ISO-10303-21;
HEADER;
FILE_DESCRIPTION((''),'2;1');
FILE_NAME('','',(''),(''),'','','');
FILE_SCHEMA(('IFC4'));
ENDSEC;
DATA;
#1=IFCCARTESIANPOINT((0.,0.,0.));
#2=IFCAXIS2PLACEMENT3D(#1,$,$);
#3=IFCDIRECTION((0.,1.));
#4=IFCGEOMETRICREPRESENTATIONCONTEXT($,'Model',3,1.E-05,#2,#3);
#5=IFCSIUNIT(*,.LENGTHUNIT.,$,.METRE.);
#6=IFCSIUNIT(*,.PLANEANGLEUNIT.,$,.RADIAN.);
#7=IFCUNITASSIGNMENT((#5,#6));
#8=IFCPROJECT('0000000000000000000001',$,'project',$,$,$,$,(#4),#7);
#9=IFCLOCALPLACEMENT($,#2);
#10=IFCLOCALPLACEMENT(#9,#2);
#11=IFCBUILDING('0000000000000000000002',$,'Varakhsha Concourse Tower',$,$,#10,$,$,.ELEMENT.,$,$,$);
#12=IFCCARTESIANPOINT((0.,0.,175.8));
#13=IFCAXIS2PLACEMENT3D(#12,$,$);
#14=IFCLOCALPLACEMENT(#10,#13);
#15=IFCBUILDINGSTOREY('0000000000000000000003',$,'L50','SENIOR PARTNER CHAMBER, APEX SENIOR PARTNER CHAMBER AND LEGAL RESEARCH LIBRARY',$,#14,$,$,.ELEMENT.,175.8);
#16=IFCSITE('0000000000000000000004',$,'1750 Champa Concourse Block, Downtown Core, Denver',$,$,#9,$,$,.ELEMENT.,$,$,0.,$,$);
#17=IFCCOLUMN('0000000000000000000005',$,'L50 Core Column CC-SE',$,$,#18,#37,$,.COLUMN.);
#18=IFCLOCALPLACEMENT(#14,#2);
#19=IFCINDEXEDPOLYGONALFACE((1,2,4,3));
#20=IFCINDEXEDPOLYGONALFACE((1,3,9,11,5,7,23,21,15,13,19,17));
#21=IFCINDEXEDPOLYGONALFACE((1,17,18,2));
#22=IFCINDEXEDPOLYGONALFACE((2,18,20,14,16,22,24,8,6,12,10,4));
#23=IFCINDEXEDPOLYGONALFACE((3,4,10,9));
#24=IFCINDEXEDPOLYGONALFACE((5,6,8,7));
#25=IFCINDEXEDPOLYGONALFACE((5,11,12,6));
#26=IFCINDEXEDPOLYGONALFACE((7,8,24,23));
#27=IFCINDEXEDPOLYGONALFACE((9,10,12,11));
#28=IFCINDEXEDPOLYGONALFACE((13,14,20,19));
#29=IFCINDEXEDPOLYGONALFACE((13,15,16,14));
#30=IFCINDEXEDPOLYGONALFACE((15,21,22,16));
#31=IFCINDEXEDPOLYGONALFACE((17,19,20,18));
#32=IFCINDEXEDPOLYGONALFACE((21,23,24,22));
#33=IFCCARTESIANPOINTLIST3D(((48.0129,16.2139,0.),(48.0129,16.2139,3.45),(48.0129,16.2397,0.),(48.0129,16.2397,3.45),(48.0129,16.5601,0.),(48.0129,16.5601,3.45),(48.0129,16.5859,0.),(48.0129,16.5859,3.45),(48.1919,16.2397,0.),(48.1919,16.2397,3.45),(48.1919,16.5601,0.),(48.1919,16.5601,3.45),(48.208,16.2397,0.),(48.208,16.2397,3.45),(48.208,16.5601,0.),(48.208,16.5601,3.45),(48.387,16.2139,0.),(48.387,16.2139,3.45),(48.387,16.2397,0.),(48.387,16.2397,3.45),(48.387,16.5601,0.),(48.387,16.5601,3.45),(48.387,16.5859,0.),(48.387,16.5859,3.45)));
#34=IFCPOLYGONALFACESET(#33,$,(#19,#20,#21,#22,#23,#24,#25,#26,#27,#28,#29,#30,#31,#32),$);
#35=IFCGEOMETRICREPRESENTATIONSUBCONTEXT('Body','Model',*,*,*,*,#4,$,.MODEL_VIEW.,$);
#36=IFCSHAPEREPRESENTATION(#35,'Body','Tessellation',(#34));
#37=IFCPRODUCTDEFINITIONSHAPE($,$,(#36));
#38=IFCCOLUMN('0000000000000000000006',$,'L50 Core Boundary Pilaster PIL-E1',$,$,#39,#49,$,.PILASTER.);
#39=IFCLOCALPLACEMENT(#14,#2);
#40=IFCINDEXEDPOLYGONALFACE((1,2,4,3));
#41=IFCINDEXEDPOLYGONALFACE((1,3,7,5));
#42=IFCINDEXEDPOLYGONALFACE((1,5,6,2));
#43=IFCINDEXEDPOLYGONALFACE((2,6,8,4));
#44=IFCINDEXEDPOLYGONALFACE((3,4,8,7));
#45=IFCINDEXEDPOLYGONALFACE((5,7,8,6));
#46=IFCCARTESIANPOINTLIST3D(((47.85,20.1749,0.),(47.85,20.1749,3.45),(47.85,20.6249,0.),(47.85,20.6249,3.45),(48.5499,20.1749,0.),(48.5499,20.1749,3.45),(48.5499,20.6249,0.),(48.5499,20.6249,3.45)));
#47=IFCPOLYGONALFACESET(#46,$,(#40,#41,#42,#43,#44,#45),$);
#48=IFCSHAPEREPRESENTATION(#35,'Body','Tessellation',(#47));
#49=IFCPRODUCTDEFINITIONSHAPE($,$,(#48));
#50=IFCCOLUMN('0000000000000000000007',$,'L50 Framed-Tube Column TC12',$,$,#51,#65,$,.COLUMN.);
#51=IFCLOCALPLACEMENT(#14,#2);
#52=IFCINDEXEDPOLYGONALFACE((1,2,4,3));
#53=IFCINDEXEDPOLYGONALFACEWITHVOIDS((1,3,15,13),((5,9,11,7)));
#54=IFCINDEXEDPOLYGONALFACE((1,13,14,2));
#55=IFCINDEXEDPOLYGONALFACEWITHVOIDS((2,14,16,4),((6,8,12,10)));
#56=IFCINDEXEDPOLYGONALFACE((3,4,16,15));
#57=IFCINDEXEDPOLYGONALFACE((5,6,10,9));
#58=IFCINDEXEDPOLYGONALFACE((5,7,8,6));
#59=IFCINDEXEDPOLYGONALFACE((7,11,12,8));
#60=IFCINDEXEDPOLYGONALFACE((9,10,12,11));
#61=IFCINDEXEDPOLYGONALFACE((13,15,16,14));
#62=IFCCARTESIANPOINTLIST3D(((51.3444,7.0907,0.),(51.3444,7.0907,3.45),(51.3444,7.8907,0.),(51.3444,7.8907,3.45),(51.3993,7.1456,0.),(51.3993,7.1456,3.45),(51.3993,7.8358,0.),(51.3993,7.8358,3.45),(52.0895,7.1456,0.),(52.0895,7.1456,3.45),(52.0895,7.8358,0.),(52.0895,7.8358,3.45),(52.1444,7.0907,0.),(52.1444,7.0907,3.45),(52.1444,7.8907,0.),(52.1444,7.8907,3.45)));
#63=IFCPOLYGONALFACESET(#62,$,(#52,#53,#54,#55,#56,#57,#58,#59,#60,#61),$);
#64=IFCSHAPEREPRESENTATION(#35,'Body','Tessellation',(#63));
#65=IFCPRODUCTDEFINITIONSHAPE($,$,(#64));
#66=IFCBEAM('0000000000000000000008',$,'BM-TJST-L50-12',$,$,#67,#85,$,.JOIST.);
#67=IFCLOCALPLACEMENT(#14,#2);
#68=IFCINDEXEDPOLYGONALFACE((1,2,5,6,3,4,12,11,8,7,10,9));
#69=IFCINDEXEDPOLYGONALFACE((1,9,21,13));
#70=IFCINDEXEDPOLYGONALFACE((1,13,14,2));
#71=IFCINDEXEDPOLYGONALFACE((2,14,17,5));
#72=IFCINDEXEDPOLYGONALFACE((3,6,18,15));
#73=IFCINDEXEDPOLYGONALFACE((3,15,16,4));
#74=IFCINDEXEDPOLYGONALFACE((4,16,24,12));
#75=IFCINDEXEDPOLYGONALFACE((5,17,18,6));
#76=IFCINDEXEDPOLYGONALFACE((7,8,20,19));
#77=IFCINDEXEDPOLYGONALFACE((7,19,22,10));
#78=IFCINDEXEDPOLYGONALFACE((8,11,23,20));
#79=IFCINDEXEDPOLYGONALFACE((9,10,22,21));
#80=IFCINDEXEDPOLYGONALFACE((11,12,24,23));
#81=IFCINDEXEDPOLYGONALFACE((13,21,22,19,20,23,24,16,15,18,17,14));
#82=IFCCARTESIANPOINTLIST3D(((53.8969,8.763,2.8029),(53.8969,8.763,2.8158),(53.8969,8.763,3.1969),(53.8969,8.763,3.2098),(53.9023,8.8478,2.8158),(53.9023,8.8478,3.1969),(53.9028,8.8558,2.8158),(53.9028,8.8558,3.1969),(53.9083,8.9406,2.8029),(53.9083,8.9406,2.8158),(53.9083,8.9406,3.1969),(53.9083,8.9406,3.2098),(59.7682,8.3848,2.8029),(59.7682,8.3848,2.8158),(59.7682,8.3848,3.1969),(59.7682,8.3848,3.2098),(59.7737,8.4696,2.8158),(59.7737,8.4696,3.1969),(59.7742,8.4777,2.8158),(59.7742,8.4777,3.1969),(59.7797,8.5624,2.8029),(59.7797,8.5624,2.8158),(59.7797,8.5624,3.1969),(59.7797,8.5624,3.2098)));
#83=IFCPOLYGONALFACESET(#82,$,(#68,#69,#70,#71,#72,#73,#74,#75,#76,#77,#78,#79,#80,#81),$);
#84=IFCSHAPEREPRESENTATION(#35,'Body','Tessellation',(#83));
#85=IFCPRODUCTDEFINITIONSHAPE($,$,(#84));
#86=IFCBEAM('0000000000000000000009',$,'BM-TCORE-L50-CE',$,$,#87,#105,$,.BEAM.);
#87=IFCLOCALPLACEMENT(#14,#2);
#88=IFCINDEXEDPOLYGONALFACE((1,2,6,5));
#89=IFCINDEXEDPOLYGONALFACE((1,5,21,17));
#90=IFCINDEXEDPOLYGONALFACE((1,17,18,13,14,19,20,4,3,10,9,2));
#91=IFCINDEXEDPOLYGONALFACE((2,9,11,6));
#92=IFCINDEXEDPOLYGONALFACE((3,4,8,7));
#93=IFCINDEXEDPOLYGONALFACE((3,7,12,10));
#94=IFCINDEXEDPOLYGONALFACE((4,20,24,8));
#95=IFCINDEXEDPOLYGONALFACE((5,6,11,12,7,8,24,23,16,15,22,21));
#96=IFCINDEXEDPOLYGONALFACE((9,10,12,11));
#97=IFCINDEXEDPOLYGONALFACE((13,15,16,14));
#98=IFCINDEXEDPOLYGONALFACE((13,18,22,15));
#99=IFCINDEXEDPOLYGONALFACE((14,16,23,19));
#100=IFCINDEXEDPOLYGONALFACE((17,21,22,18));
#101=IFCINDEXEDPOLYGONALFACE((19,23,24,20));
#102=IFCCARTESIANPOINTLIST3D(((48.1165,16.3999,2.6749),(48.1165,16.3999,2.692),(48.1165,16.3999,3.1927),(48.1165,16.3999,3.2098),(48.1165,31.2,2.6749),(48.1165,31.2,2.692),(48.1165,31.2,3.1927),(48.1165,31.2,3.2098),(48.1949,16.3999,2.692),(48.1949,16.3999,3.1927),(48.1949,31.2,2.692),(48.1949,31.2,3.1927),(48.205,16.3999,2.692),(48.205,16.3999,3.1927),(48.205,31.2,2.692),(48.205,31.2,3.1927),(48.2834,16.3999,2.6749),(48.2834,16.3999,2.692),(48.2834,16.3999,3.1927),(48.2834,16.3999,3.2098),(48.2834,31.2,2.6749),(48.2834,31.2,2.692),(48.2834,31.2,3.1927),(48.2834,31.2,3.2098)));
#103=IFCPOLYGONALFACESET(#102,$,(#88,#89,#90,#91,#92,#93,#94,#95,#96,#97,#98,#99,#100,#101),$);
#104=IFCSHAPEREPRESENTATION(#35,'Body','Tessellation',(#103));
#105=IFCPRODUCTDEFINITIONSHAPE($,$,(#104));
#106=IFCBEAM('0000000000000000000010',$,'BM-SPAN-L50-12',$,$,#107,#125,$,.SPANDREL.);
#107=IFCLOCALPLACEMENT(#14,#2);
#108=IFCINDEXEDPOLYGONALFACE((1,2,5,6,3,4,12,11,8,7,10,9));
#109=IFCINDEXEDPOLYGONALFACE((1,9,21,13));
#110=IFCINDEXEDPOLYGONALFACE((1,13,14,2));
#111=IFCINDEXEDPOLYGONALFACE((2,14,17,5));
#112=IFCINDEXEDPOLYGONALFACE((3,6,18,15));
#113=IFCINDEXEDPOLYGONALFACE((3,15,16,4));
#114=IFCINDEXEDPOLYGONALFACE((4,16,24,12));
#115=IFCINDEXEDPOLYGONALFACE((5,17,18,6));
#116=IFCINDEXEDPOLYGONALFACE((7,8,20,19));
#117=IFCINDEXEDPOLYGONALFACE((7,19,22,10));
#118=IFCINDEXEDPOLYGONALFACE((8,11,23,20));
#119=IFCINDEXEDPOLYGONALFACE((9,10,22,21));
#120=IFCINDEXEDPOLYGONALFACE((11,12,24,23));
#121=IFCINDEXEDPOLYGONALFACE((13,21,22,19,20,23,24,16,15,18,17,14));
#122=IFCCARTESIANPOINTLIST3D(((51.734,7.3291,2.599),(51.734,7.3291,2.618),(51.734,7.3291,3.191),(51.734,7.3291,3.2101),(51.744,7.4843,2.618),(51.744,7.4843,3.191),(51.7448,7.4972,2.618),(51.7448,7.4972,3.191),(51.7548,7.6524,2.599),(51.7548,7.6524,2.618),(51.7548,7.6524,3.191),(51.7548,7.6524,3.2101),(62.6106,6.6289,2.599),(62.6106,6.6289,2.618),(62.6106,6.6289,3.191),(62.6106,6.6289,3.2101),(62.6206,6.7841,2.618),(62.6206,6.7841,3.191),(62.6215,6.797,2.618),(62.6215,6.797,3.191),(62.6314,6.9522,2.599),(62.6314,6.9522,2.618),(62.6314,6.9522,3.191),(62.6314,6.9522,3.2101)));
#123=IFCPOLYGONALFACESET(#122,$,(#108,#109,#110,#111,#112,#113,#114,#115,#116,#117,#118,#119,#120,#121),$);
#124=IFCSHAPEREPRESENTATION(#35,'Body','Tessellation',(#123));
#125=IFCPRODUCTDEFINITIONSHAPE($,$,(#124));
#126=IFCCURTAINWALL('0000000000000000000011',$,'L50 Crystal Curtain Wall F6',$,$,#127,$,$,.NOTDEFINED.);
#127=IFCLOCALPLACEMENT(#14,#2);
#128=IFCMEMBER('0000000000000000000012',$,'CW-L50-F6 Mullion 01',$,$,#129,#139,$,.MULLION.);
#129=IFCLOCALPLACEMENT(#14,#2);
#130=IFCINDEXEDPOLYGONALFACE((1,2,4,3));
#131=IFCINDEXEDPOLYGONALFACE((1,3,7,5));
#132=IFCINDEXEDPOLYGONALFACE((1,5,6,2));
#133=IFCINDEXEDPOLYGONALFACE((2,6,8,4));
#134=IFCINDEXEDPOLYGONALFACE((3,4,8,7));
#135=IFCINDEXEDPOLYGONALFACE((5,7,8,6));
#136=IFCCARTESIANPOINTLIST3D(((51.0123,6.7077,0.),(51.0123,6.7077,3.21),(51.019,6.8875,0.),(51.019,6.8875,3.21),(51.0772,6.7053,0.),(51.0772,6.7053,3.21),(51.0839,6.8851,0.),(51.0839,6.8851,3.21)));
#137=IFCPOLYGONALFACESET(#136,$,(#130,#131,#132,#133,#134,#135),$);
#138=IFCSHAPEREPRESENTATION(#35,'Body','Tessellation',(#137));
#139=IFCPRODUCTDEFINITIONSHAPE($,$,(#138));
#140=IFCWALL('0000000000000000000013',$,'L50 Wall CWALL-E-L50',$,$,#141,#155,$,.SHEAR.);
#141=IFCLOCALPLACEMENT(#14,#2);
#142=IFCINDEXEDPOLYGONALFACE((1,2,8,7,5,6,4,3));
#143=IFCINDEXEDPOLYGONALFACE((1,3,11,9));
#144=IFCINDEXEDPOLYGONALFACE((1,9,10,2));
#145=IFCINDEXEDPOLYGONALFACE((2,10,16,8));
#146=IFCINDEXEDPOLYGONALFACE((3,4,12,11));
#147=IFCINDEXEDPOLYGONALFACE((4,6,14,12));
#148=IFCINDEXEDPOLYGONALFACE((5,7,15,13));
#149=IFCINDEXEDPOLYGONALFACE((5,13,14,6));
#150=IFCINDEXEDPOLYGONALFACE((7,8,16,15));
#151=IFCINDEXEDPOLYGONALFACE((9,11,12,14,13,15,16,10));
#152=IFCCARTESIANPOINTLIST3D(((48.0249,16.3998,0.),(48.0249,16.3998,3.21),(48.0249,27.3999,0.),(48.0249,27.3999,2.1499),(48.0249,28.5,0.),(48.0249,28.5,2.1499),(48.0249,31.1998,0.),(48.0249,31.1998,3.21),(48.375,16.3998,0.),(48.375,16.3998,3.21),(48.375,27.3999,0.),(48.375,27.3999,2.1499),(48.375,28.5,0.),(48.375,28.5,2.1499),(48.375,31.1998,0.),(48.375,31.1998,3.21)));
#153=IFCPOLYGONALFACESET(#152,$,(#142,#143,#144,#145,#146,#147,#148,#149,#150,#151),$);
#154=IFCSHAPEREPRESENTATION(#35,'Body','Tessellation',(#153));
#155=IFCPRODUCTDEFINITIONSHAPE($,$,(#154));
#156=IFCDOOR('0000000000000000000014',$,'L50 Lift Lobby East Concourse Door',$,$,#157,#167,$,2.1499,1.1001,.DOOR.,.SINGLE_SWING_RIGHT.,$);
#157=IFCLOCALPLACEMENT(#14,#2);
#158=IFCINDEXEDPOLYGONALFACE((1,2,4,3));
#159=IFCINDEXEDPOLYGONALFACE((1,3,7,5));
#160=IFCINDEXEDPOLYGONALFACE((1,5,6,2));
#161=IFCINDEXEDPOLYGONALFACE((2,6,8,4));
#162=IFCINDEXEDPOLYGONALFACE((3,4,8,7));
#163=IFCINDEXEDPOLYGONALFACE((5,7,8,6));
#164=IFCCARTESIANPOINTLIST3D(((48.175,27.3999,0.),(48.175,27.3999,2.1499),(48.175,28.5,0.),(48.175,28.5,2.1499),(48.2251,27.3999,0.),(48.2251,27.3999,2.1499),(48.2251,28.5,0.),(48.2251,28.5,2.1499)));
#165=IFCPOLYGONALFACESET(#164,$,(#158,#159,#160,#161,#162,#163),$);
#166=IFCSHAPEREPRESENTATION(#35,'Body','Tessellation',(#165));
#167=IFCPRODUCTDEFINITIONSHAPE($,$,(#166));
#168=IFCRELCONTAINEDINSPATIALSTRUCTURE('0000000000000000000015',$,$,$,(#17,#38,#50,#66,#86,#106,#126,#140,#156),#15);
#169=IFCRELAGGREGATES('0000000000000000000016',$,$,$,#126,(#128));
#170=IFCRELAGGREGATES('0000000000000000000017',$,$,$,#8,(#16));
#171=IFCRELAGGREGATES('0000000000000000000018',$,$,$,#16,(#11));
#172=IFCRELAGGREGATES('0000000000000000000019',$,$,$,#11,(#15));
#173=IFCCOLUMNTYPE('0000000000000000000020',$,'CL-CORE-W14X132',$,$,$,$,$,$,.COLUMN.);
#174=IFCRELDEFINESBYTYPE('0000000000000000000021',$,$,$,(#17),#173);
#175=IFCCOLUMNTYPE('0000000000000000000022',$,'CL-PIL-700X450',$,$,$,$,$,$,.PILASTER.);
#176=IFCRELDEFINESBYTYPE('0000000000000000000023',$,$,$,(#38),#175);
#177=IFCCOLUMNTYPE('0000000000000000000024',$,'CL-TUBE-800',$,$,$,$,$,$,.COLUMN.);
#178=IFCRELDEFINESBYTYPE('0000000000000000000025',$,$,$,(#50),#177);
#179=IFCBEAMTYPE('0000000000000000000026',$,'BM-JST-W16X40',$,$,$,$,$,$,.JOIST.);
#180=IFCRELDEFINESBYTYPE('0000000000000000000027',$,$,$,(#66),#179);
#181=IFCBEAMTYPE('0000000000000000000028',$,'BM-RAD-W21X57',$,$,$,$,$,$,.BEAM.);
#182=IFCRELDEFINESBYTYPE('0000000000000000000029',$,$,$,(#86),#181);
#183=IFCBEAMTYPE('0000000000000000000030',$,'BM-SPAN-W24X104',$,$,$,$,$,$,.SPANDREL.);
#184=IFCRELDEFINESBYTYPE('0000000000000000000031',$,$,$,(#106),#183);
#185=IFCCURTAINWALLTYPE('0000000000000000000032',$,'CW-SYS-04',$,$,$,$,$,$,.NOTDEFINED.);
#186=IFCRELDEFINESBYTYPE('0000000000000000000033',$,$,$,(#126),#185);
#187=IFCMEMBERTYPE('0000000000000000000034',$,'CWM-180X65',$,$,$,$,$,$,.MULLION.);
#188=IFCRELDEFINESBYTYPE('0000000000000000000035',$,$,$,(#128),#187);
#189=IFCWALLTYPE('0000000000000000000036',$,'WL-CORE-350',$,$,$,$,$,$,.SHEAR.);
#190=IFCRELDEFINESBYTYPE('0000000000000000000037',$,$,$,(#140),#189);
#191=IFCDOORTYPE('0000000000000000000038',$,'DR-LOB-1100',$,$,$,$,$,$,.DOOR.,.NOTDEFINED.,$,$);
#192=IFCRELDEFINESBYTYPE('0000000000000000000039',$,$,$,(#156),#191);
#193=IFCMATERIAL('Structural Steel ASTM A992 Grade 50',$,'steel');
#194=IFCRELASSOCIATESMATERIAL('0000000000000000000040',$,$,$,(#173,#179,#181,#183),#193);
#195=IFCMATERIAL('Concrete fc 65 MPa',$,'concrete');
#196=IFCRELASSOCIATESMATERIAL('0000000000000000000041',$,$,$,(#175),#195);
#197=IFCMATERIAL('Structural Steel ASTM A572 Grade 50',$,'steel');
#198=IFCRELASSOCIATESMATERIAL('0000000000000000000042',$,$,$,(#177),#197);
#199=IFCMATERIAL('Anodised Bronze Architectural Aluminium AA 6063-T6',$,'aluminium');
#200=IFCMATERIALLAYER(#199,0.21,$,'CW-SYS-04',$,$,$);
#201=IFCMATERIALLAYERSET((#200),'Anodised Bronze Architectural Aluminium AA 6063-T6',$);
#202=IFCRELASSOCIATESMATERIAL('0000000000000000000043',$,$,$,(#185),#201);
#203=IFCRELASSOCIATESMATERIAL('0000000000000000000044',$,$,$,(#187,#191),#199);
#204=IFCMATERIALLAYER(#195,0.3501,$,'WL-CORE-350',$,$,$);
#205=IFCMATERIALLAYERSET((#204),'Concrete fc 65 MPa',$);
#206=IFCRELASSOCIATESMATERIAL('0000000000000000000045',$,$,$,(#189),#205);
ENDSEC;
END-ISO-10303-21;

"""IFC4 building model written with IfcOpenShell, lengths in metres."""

from ifc_helpers import new_model, si_unit, direction, frame, frame_2d, origin, origin_2d, place, context, subcontext, project, spatial, rectangle, hollow_rectangle, i_section, extrude, source, transform, mapped, material, layer, layer_set, material_profile, profile_set, type_object, type_shapes, element, fill, aggregate, save


model = new_model("IFC4")

# Units and contexts
model_context = context("Model", 3, precision=1e-05, world=origin(), true_north=direction((0.0, 1.0)))
body_context = subcontext(model_context, "Body", "Model", "MODEL_VIEW")
ifc_project = project(units=[si_unit("LENGTHUNIT", "METRE"), si_unit("PLANEANGLEUNIT", "RADIAN")], contexts=[model_context])

# Site, building, storey
site_placement = place(None, origin())
site = spatial("IfcSite", under=ifc_project, at=site_placement, Name="1750 Champa Concourse Block, Downtown Core, Denver", CompositionType="ELEMENT", RefElevation=0.0)
building_placement = place(site_placement, origin())
building = spatial("IfcBuilding", under=site, at=building_placement, Name="Varakhsha Concourse Tower", CompositionType="ELEMENT")
storey_placement = place(building_placement, frame((0.0, 0.0, 175.8)))
storey = spatial("IfcBuildingStorey", under=building, at=storey_placement, Name="L50", Description="SENIOR PARTNER CHAMBER, APEX SENIOR PARTNER CHAMBER AND LEGAL RESEARCH LIBRARY", CompositionType="ELEMENT", Elevation=175.8)

# Columns
ifc_material_1 = material(Name="Structural Steel ASTM A992 Grade 50", Category="steel")
ifc_material_profile_1 = material_profile(ifc_material_1, i_section(OverallWidth=0.374, OverallDepth=0.3721, WebThickness=0.0161, FlangeThickness=0.0259, at=origin_2d()), Name="W14X132")
ifc_profile_set_1 = profile_set([ifc_material_profile_1], Name="Structural Steel ASTM A992 Grade 50")
column_type_1 = type_object("IfcColumnType", Name="CL-CORE-W14X132", PredefinedType="COLUMN", material=ifc_profile_set_1)
column_1_placement = place(storey_placement, frame((48.2, 16.3999, 0.0), z_axis=(0.0, 0.0, 1.0), x_axis=(1.0, 0.0, 0.0)))
element("IfcColumn", 1, at=column_1_placement, inside=storey, type_object=column_type_1, Name="L50 Core Column CC-SE", PredefinedType="COLUMN", context=body_context, shape_type="SweptSolid", body=[
    extrude(i_section(OverallWidth=0.374, OverallDepth=0.3721, WebThickness=0.0161, FlangeThickness=0.0259, at=origin_2d()), origin(), (0.0, 0.0, 1.0), 3.45),
])
ifc_material_2 = material(Name="Concrete fc 65 MPa", Category="concrete")
ifc_material_profile_2 = material_profile(ifc_material_2, rectangle(XDim=0.7, YDim=0.45, at=origin_2d()), Name="RC 700x450")
ifc_profile_set_2 = profile_set([ifc_material_profile_2], Name="Concrete fc 65 MPa")
column_type_2 = type_object("IfcColumnType", Name="CL-PIL-700X450", PredefinedType="PILASTER", material=ifc_profile_set_2)
column_2_placement = place(storey_placement, frame((48.2, 20.3999, 0.0), z_axis=(0.0, 0.0, 1.0), x_axis=(1.0, 0.0, 0.0)))
element("IfcColumn", 2, at=column_2_placement, inside=storey, type_object=column_type_2, Name="L50 Core Boundary Pilaster PIL-E1", PredefinedType="PILASTER", context=body_context, shape_type="SweptSolid", body=[
    extrude(rectangle(XDim=0.7, YDim=0.45, at=origin_2d()), origin(), (0.0, 0.0, 1.0), 3.45),
])
ifc_material_3 = material(Name="Structural Steel ASTM A572 Grade 50", Category="steel")
ifc_material_profile_3 = material_profile(ifc_material_3, hollow_rectangle(XDim=0.8, YDim=0.8, WallThickness=0.0549, at=origin_2d()), Name="BOX 800x800x55")
ifc_profile_set_3 = profile_set([ifc_material_profile_3], Name="Structural Steel ASTM A572 Grade 50")
column_type_3 = type_object("IfcColumnType", Name="CL-TUBE-800", PredefinedType="COLUMN", material=ifc_profile_set_3)
column_3_placement = place(storey_placement, frame((51.7444, 7.4907, 0.0), z_axis=(0.0, 0.0, 1.0), x_axis=(1.0, 0.0, 0.0)))
element("IfcColumn", 3, at=column_3_placement, inside=storey, type_object=column_type_3, Name="L50 Framed-Tube Column TC12", PredefinedType="COLUMN", context=body_context, shape_type="SweptSolid", body=[
    extrude(hollow_rectangle(XDim=0.8, YDim=0.8, WallThickness=0.0549, at=origin_2d()), origin(), (0.0, 0.0, 1.0), 3.45),
])

# Beams
ifc_material_profile_4 = material_profile(ifc_material_1, i_section(OverallWidth=0.178, OverallDepth=0.407, WebThickness=0.0081, FlangeThickness=0.0129, at=origin_2d()), Name="W16X40")
ifc_profile_set_4 = profile_set([ifc_material_profile_4], Name="Structural Steel ASTM A992 Grade 50")
beam_type_1 = type_object("IfcBeamType", Name="BM-JST-W16X40", PredefinedType="JOIST", material=ifc_profile_set_4)
beam_1_placement = place(storey_placement, frame((53.9026, 8.8518, 3.0063), z_axis=(0.997932, -0.064277, 0.0), x_axis=(0.064277, 0.997932, 0.0)))
element("IfcBeam", 4, at=beam_1_placement, inside=storey, type_object=beam_type_1, Name="BM-TJST-L50-12", PredefinedType="JOIST", context=body_context, shape_type="SweptSolid", body=[
    extrude(i_section(OverallWidth=0.178, OverallDepth=0.407, WebThickness=0.0081, FlangeThickness=0.0129, at=origin_2d()), origin(), (0.0, 0.0, 1.0), 5.8835),
])
ifc_material_profile_5 = material_profile(ifc_material_1, i_section(OverallWidth=0.167, OverallDepth=0.5349, WebThickness=0.01, FlangeThickness=0.0171, at=origin_2d()), Name="W21X57")
ifc_profile_set_5 = profile_set([ifc_material_profile_5], Name="Structural Steel ASTM A992 Grade 50")
beam_type_2 = type_object("IfcBeamType", Name="BM-RAD-W21X57", PredefinedType="BEAM", material=ifc_profile_set_5)
beam_2_placement = place(storey_placement, frame((48.2, 16.3999, 2.9424), z_axis=(0.0, 1.0, 0.0), x_axis=(-1.0, 0.0, 0.0)))
element("IfcBeam", 5, at=beam_2_placement, inside=storey, type_object=beam_type_2, Name="BM-TCORE-L50-CE", PredefinedType="BEAM", context=body_context, shape_type="SweptSolid", body=[
    extrude(i_section(OverallWidth=0.167, OverallDepth=0.5349, WebThickness=0.01, FlangeThickness=0.0171, at=origin_2d()), origin(), (0.0, 0.0, 1.0), 14.8),
])
ifc_material_profile_6 = material_profile(ifc_material_1, i_section(OverallWidth=0.324, OverallDepth=0.6111, WebThickness=0.0129, FlangeThickness=0.019, at=origin_2d()), Name="W24X104")
ifc_profile_set_6 = profile_set([ifc_material_profile_6], Name="Structural Steel ASTM A992 Grade 50")
beam_type_3 = type_object("IfcBeamType", Name="BM-SPAN-W24X104", PredefinedType="SPANDREL", material=ifc_profile_set_6)
beam_3_placement = place(storey_placement, frame((51.7444, 7.4907, 2.9045), z_axis=(0.997934, -0.064243, 0.0), x_axis=(0.064243, 0.997934, 0.0)))
element("IfcBeam", 6, at=beam_3_placement, inside=storey, type_object=beam_type_3, Name="BM-SPAN-L50-12", PredefinedType="SPANDREL", context=body_context, shape_type="SweptSolid", body=[
    extrude(i_section(OverallWidth=0.324, OverallDepth=0.6111, WebThickness=0.0129, FlangeThickness=0.019, at=origin_2d()), origin(), (0.0, 0.0, 1.0), 10.8992),
])

# Curtain wall, member
ifc_material_4 = material(Name="Anodised Bronze Architectural Aluminium AA 6063-T6", Category="aluminium")
ifc_layer_1 = layer(ifc_material_4, 0.21, Name="CW-SYS-04")
ifc_layer_set_1 = layer_set([ifc_layer_1], Name="Anodised Bronze Architectural Aluminium AA 6063-T6")
curtain_wall_type = type_object("IfcCurtainWallType", Name="CW-SYS-04", PredefinedType="NOTDEFINED", material=ifc_layer_set_1)
curtain_wall_placement = place(storey_placement, origin())
curtain_wall = element("IfcCurtainWall", 7, at=curtain_wall_placement, inside=storey, type_object=curtain_wall_type, Name="L50 Crystal Curtain Wall F6", PredefinedType="NOTDEFINED")
ifc_material_profile_7 = material_profile(ifc_material_4, rectangle(XDim=0.0649, YDim=0.1799, at=origin_2d()), Name="CWM-180X65")
ifc_profile_set_7 = profile_set([ifc_material_profile_7], Name="Anodised Bronze Architectural Aluminium AA 6063-T6")
member_type = type_object("IfcMemberType", Name="CWM-180X65", PredefinedType="MULLION", material=ifc_profile_set_7)
shared_shape = source(origin(), body_context, "Body", "SweptSolid", [
    extrude(rectangle(XDim=0.0649, YDim=0.1799, at=origin_2d()), origin(), (0.0, 0.0, 1.0), 3.21),
])
type_shapes(member_type, [shared_shape])
member_placement = place(storey_placement, frame((51.0481, 6.7964, 0.0), z_axis=(0.0, 0.0, 1.0), x_axis=(-0.999301, 0.037376, 0.0)))
member = element("IfcMember", 8, at=member_placement, type_object=member_type, Name="CW-L50-F6 Mullion 01", PredefinedType="MULLION", context=body_context, shape_type="MappedRepresentation", body=[
    mapped(shared_shape, transform((0.0, 0.0, 0.0), scale=1.0)),
])
aggregate(curtain_wall, [member])

# Wall, opening, door
ifc_layer_2 = layer(ifc_material_2, 0.3501, Name="WL-CORE-350")
ifc_layer_set_2 = layer_set([ifc_layer_2], Name="Concrete fc 65 MPa")
wall_type_1 = type_object("IfcWallType", Name="WL-CORE-350", PredefinedType="SHEAR", material=ifc_layer_set_2)
wall_1_placement = place(storey_placement, frame((48.2, 16.3999, 0.0), z_axis=(0.0, 0.0, 1.0), x_axis=(0.0, 1.0, 0.0)))
wall_1 = element("IfcWall", 9, at=wall_1_placement, inside=storey, type_object=wall_type_1, Name="L50 Wall CWALL-E-L50", PredefinedType="SHEAR", context=body_context, shape_type="SweptSolid", body=[
    extrude(rectangle(XDim=14.8, YDim=0.3501, at=frame_2d((7.3999, 0.0))), origin(), (0.0, 0.0, 1.0), 3.21),
])
opening_1_placement = place(wall_1_placement, frame((11.0, 0.0, 0.0)))
opening_1 = element("IfcOpeningElement", 10, at=opening_1_placement, cuts=wall_1, PredefinedType="OPENING", context=body_context, shape_type="SweptSolid", body=[
    extrude(rectangle(XDim=1.1001, YDim=2.1499, at=frame_2d((0.55, 1.075))), frame((0.0, 0.1851, 0.0), z_axis=(0.0, -1.0, 0.0), x_axis=(1.0, 0.0, 0.0)), (0.0, 0.0, 1.0), 0.3701),
])
door_type_1 = type_object("IfcDoorType", Name="DR-LOB-1100", OperationType="NOTDEFINED", PredefinedType="DOOR", material=ifc_material_4)
door_1_placement = place(opening_1_placement, origin())
door_1 = element("IfcDoor", 11, at=door_1_placement, inside=storey, type_object=door_type_1, Name="L50 Lift Lobby East Concourse Door", OperationType="SINGLE_SWING_RIGHT", OverallHeight=2.1499, OverallWidth=1.1001, PredefinedType="DOOR", context=body_context, shape_type="SweptSolid", body=[
    extrude(rectangle(XDim=1.1001, YDim=2.1499, at=frame_2d((0.55, 1.075))), frame((0.0, 0.0249, 0.0), z_axis=(0.0, -1.0, 0.0), x_axis=(1.0, 0.0, 0.0)), (0.0, 0.0, 1.0), 0.05),
])
fill(opening_1, door_1)

save(model, "model.ifc")
